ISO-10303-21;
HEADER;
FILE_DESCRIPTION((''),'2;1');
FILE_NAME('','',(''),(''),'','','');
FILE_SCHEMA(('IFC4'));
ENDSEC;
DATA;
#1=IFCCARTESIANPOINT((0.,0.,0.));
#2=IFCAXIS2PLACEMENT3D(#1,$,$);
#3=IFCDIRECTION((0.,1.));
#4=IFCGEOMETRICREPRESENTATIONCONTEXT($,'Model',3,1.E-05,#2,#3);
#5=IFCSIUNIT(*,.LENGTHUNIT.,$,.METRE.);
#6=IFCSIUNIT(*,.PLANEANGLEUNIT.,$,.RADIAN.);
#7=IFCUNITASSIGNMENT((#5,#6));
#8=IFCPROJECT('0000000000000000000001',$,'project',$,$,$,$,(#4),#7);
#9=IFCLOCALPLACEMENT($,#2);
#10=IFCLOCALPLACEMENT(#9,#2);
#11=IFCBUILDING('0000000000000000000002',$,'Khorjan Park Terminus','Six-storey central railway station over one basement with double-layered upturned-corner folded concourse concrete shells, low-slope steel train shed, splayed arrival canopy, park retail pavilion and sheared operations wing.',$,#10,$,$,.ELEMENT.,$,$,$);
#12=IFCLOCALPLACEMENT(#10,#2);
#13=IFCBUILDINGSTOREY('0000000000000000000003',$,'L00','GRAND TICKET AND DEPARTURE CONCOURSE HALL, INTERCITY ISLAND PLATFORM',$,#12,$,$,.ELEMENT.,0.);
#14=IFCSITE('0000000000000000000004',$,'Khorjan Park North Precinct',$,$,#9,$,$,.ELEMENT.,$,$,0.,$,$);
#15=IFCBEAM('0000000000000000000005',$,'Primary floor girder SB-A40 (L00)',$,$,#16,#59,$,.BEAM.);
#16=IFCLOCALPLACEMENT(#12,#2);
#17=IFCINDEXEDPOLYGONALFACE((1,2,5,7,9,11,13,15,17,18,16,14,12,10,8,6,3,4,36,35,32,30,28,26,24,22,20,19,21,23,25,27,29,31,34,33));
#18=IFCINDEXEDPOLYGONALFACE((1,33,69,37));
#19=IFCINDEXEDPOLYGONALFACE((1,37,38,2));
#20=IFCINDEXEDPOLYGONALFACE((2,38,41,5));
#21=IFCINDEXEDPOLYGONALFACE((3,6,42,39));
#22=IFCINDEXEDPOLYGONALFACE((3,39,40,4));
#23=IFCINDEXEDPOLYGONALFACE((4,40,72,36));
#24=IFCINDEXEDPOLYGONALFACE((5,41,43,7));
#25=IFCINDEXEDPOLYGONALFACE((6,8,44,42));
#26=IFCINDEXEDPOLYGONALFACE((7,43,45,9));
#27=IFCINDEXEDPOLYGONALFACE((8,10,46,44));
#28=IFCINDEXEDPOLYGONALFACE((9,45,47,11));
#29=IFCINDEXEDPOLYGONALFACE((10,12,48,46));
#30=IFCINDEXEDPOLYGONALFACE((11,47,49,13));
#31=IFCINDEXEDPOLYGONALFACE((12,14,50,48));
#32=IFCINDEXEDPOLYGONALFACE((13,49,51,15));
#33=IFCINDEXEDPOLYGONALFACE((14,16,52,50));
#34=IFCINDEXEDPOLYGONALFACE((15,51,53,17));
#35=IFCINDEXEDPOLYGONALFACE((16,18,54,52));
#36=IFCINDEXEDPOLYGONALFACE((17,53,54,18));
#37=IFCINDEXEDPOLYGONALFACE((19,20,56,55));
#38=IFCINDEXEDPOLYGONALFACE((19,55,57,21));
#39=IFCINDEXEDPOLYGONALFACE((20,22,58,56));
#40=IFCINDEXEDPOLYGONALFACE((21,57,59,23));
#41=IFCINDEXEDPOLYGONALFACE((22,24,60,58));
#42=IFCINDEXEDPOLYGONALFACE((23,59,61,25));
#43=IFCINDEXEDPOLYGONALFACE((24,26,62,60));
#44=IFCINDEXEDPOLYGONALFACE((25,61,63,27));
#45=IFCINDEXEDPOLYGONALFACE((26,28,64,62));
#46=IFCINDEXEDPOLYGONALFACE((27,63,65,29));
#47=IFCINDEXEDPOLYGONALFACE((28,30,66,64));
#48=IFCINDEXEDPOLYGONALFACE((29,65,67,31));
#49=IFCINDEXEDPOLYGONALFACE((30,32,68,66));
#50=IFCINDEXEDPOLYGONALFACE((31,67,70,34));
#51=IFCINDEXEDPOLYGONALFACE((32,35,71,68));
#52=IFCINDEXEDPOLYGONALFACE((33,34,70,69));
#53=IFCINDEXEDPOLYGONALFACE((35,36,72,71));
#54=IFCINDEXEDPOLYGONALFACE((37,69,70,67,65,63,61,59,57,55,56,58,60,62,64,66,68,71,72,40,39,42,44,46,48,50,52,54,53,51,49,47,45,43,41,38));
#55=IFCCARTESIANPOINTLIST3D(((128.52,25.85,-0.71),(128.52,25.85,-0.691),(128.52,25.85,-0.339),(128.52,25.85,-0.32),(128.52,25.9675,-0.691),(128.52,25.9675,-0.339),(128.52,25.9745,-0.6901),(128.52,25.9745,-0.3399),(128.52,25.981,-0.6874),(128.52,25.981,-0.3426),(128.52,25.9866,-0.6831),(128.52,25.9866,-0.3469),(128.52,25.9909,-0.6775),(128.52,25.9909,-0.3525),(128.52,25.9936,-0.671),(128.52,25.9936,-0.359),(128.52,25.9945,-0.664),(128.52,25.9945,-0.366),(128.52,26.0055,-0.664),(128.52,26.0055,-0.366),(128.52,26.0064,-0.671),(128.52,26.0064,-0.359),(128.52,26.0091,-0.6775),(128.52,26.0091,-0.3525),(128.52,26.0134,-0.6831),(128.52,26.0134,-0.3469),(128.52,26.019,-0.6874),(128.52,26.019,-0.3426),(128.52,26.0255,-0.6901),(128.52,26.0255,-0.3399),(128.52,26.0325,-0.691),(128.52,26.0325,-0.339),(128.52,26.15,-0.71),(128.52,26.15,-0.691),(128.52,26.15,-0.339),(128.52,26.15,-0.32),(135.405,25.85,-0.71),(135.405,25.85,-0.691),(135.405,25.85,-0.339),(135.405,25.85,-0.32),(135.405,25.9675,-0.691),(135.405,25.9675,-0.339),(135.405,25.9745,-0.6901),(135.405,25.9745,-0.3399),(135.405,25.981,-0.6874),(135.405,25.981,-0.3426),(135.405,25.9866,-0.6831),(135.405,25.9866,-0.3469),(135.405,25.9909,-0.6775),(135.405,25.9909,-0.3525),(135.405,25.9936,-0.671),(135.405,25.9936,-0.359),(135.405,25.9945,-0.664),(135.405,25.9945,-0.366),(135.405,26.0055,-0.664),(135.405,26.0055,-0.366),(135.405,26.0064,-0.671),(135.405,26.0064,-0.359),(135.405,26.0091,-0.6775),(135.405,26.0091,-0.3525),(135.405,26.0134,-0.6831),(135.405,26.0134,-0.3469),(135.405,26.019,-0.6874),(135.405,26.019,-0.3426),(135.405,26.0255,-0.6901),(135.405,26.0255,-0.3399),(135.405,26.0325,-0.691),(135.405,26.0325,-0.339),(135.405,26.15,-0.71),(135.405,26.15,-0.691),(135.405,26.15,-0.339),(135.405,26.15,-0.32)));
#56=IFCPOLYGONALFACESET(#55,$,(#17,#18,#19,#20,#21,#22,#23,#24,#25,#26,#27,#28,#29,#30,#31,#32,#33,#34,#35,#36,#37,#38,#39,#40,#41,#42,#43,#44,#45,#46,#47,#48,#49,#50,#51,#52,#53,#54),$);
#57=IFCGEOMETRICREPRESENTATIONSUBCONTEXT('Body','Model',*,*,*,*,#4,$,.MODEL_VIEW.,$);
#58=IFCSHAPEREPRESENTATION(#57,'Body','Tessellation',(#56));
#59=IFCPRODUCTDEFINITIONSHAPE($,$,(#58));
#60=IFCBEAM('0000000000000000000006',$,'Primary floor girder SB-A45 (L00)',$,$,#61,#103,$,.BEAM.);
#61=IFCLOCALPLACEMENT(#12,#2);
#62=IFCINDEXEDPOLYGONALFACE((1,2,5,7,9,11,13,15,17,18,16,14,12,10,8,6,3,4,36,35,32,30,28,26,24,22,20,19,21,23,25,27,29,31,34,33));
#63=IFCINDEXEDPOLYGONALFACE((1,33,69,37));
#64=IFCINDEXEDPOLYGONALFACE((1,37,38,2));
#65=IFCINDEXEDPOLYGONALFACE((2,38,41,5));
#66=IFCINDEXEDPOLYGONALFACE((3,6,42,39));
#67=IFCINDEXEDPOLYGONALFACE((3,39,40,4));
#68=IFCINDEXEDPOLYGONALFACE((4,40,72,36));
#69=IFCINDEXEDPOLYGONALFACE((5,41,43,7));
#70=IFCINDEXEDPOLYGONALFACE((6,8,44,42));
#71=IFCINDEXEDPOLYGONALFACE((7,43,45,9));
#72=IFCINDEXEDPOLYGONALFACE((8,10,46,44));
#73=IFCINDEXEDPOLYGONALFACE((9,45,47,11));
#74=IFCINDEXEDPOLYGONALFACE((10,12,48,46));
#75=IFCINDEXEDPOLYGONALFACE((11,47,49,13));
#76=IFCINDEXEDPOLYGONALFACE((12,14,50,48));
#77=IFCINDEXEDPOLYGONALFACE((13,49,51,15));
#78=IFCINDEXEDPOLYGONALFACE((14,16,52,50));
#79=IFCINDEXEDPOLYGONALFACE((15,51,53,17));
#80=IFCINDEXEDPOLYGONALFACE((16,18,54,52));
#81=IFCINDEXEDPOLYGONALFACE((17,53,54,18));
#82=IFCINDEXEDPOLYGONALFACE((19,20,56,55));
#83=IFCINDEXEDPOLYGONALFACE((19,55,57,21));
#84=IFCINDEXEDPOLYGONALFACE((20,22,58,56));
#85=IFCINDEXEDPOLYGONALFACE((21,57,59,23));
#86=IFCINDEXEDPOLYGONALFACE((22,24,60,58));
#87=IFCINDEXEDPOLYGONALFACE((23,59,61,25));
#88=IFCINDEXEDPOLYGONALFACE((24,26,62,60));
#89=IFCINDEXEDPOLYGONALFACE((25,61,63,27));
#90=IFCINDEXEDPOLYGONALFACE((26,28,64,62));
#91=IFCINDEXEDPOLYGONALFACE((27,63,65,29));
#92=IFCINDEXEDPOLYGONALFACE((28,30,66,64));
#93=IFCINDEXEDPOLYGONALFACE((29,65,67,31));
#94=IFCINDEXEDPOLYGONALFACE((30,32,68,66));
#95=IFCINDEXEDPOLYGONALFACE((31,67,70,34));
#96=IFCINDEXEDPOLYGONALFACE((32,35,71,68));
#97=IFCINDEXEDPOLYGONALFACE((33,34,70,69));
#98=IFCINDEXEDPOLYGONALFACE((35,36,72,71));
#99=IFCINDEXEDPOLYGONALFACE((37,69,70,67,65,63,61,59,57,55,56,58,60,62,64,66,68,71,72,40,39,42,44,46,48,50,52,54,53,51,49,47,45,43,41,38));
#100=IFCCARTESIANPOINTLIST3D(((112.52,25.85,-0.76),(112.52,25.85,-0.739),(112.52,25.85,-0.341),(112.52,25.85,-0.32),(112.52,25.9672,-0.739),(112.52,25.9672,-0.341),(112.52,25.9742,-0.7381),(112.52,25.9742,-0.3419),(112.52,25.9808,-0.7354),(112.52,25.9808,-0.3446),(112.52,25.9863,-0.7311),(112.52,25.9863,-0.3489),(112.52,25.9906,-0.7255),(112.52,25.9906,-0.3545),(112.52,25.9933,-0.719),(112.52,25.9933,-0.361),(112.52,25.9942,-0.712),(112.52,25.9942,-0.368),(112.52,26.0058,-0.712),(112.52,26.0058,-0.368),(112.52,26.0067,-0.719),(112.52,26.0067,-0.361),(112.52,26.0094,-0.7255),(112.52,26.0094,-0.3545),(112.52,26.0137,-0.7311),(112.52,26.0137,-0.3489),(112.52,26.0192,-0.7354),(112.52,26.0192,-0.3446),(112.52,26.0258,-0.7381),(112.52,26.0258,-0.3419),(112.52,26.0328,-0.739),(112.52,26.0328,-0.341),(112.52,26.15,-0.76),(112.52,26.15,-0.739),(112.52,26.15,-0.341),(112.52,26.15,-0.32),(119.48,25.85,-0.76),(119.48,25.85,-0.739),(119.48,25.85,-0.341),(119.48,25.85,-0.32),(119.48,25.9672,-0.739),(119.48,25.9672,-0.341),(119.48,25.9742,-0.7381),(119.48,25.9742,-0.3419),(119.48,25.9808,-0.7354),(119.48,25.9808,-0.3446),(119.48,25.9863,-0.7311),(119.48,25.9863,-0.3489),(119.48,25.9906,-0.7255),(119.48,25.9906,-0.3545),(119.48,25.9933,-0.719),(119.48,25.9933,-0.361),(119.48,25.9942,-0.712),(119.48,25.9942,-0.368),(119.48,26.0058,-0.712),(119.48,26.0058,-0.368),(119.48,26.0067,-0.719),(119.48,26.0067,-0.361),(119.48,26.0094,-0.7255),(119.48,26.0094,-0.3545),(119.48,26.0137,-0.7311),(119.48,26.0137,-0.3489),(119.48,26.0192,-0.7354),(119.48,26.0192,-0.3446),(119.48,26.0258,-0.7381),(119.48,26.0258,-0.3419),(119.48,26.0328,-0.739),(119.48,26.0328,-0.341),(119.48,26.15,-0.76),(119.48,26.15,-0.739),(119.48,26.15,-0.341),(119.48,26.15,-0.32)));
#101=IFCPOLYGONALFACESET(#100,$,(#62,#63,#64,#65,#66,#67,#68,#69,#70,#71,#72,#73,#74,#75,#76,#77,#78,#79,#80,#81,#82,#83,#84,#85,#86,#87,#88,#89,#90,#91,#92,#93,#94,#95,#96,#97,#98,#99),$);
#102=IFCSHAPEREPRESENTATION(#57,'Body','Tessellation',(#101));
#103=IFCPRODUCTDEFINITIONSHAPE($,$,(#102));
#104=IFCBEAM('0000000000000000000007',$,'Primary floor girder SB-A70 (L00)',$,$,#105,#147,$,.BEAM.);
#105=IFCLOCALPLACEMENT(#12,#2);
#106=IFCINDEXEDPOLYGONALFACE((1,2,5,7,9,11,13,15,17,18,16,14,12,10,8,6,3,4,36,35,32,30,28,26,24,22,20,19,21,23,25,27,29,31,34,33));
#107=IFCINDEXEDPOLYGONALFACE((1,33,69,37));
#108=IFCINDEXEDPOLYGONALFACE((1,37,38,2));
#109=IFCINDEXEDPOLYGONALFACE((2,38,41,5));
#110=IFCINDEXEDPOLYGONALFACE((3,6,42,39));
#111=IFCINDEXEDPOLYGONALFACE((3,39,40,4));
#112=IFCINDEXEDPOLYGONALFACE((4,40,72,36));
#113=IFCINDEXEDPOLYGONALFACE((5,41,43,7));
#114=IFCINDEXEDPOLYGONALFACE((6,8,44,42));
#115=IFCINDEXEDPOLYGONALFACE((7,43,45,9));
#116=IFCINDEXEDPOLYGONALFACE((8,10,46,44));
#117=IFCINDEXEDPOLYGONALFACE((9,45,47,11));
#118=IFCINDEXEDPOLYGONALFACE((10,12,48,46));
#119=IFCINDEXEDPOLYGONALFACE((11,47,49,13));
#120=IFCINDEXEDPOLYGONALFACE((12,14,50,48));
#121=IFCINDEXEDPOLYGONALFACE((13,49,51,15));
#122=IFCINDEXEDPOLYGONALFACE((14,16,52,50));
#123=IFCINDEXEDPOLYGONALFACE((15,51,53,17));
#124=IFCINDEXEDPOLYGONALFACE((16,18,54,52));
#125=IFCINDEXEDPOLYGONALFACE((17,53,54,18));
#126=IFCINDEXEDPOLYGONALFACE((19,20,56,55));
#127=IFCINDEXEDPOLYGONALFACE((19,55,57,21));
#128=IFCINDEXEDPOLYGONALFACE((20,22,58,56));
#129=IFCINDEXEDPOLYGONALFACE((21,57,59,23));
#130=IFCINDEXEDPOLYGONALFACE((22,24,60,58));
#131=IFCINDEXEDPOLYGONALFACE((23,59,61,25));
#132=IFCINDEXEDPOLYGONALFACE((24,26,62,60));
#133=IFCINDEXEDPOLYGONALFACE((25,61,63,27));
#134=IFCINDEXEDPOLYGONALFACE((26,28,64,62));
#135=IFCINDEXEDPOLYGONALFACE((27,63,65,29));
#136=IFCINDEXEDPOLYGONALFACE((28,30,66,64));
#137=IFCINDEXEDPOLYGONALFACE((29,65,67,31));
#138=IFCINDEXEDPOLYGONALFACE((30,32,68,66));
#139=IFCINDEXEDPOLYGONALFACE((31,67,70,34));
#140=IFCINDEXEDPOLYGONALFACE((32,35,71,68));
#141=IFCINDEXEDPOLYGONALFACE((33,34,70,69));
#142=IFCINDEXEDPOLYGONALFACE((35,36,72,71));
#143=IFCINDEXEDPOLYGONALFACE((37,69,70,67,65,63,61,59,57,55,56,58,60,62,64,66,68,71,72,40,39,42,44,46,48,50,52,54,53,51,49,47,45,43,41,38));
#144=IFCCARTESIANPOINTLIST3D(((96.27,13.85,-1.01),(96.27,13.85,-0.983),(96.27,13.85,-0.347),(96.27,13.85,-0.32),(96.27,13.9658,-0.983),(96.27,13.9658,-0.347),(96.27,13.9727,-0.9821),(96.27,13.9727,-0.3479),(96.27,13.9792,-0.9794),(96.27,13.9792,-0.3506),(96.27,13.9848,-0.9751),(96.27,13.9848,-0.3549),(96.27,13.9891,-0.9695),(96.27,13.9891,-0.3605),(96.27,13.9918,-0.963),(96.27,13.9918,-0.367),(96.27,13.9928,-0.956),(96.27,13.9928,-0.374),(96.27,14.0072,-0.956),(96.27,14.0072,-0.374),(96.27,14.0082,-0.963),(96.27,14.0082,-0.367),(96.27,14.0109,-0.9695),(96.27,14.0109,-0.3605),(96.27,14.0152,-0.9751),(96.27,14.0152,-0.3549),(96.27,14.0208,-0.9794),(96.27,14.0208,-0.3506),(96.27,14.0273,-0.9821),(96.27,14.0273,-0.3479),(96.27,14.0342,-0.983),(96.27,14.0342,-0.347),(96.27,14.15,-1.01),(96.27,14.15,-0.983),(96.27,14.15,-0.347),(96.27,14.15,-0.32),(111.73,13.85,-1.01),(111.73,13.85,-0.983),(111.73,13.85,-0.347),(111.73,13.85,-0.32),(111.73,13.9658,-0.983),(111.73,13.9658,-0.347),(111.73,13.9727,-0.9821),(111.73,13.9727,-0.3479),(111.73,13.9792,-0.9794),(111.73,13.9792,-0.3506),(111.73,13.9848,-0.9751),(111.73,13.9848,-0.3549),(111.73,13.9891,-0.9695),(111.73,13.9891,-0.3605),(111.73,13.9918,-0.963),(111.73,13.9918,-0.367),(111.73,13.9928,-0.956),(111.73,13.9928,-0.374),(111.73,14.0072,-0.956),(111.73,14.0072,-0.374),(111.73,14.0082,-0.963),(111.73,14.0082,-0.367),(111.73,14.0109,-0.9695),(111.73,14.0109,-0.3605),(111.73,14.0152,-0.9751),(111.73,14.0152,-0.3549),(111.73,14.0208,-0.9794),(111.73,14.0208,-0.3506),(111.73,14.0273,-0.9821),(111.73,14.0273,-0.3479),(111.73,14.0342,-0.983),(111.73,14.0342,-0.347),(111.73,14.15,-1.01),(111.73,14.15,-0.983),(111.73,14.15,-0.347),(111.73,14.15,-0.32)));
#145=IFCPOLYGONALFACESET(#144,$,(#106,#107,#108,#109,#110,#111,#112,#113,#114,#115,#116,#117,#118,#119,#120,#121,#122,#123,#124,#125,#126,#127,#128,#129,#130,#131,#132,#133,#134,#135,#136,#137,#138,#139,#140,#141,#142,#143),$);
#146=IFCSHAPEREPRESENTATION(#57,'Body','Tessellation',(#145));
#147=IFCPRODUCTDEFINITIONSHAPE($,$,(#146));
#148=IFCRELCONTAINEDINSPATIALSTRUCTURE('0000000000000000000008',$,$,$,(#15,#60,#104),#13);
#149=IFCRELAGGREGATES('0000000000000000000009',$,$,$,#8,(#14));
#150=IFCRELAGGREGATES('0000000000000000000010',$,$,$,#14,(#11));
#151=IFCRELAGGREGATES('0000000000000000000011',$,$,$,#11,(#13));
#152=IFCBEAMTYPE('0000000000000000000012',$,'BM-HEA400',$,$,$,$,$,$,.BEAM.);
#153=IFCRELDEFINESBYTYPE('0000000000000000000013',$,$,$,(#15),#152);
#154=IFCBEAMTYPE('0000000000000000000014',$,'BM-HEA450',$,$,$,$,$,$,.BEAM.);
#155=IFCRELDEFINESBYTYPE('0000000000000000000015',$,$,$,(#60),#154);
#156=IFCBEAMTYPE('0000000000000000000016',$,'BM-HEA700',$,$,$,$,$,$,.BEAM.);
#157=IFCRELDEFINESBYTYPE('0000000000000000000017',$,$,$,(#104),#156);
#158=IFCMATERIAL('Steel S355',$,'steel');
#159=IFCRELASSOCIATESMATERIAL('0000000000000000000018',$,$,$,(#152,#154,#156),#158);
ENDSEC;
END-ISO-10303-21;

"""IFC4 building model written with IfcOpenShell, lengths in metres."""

from ifc_helpers import new_model, si_unit, direction, frame, origin, origin_2d, place, context, subcontext, project, spatial, i_section, extrude, material, material_profile, profile_set, type_object, element, save


model = new_model("IFC4")

# Units and contexts
model_context = context("Model", 3, precision=1e-05, world=origin(), true_north=direction((0.0, 1.0)))
body_context = subcontext(model_context, "Body", "Model", "MODEL_VIEW")
ifc_project = project(units=[si_unit("LENGTHUNIT", "METRE"), si_unit("PLANEANGLEUNIT", "RADIAN")], contexts=[model_context])

# Site, building, storey
site_placement = place(None, origin())
site = spatial("IfcSite", under=ifc_project, at=site_placement, Name="Khorjan Park North Precinct", CompositionType="ELEMENT", RefElevation=0.0)
building_placement = place(site_placement, origin())
building = spatial("IfcBuilding", under=site, at=building_placement, Name="Khorjan Park Terminus", Description="Six-storey central railway station over one basement with double-layered upturned-corner folded concourse concrete shells, low-slope steel train shed, splayed arrival canopy, park retail pavilion and sheared operations wing.", CompositionType="ELEMENT")
storey_placement = place(building_placement, origin())
storey = spatial("IfcBuildingStorey", under=building, at=storey_placement, Name="L00", Description="GRAND TICKET AND DEPARTURE CONCOURSE HALL, INTERCITY ISLAND PLATFORM", CompositionType="ELEMENT", Elevation=0.0)

# Shared definitions
ifc_material_1 = material(Name="Steel S355", Category="steel")

# Beams
ifc_material_profile_1 = material_profile(ifc_material_1, i_section(OverallWidth=0.3, OverallDepth=0.39, WebThickness=0.011, FlangeThickness=0.019, FilletRadius=0.027, at=origin_2d()), Name="HEA 400")
ifc_profile_set_1 = profile_set([ifc_material_profile_1], Name="Steel S355")
beam_type_1 = type_object("IfcBeamType", Name="BM-HEA400", PredefinedType="BEAM", material=ifc_profile_set_1)
beam_1_placement = place(storey_placement, frame((128.52, 26.0, -0.515), z_axis=(1.0, 0.0, 0.0), x_axis=(0.0, 1.0, 0.0)))
element("IfcBeam", 1, at=beam_1_placement, inside=storey, type_object=beam_type_1, Name="Primary floor girder SB-A40 (L00)", PredefinedType="BEAM", context=body_context, shape_type="SweptSolid", body=[
    extrude(i_section(OverallWidth=0.3, OverallDepth=0.39, WebThickness=0.011, FlangeThickness=0.019, FilletRadius=0.027, at=origin_2d()), origin(), (0.0, 0.0, 1.0), 6.885),
])
ifc_material_profile_2 = material_profile(ifc_material_1, i_section(OverallWidth=0.3, OverallDepth=0.44, WebThickness=0.0115, FlangeThickness=0.021, FilletRadius=0.027, at=origin_2d()), Name="HEA 450")
ifc_profile_set_2 = profile_set([ifc_material_profile_2], Name="Steel S355")
beam_type_2 = type_object("IfcBeamType", Name="BM-HEA450", PredefinedType="BEAM", material=ifc_profile_set_2)
beam_2_placement = place(storey_placement, frame((112.52, 26.0, -0.54), z_axis=(1.0, 0.0, 0.0), x_axis=(0.0, 1.0, 0.0)))
element("IfcBeam", 2, at=beam_2_placement, inside=storey, type_object=beam_type_2, Name="Primary floor girder SB-A45 (L00)", PredefinedType="BEAM", context=body_context, shape_type="SweptSolid", body=[
    extrude(i_section(OverallWidth=0.3, OverallDepth=0.44, WebThickness=0.0115, FlangeThickness=0.021, FilletRadius=0.027, at=origin_2d()), origin(), (0.0, 0.0, 1.0), 6.96),
])
ifc_material_profile_3 = material_profile(ifc_material_1, i_section(OverallWidth=0.3, OverallDepth=0.69, WebThickness=0.0145, FlangeThickness=0.027, FilletRadius=0.027, at=origin_2d()), Name="HEA 700")
ifc_profile_set_3 = profile_set([ifc_material_profile_3], Name="Steel S355")
beam_type_3 = type_object("IfcBeamType", Name="BM-HEA700", PredefinedType="BEAM", material=ifc_profile_set_3)
beam_3_placement = place(storey_placement, frame((96.27, 14.0, -0.665), z_axis=(1.0, 0.0, 0.0), x_axis=(0.0, 1.0, 0.0)))
element("IfcBeam", 3, at=beam_3_placement, inside=storey, type_object=beam_type_3, Name="Primary floor girder SB-A70 (L00)", PredefinedType="BEAM", context=body_context, shape_type="SweptSolid", body=[
    extrude(i_section(OverallWidth=0.3, OverallDepth=0.69, WebThickness=0.0145, FlangeThickness=0.027, FilletRadius=0.027, at=origin_2d()), origin(), (0.0, 0.0, 1.0), 15.46),
])

save(model, "model.ifc")
